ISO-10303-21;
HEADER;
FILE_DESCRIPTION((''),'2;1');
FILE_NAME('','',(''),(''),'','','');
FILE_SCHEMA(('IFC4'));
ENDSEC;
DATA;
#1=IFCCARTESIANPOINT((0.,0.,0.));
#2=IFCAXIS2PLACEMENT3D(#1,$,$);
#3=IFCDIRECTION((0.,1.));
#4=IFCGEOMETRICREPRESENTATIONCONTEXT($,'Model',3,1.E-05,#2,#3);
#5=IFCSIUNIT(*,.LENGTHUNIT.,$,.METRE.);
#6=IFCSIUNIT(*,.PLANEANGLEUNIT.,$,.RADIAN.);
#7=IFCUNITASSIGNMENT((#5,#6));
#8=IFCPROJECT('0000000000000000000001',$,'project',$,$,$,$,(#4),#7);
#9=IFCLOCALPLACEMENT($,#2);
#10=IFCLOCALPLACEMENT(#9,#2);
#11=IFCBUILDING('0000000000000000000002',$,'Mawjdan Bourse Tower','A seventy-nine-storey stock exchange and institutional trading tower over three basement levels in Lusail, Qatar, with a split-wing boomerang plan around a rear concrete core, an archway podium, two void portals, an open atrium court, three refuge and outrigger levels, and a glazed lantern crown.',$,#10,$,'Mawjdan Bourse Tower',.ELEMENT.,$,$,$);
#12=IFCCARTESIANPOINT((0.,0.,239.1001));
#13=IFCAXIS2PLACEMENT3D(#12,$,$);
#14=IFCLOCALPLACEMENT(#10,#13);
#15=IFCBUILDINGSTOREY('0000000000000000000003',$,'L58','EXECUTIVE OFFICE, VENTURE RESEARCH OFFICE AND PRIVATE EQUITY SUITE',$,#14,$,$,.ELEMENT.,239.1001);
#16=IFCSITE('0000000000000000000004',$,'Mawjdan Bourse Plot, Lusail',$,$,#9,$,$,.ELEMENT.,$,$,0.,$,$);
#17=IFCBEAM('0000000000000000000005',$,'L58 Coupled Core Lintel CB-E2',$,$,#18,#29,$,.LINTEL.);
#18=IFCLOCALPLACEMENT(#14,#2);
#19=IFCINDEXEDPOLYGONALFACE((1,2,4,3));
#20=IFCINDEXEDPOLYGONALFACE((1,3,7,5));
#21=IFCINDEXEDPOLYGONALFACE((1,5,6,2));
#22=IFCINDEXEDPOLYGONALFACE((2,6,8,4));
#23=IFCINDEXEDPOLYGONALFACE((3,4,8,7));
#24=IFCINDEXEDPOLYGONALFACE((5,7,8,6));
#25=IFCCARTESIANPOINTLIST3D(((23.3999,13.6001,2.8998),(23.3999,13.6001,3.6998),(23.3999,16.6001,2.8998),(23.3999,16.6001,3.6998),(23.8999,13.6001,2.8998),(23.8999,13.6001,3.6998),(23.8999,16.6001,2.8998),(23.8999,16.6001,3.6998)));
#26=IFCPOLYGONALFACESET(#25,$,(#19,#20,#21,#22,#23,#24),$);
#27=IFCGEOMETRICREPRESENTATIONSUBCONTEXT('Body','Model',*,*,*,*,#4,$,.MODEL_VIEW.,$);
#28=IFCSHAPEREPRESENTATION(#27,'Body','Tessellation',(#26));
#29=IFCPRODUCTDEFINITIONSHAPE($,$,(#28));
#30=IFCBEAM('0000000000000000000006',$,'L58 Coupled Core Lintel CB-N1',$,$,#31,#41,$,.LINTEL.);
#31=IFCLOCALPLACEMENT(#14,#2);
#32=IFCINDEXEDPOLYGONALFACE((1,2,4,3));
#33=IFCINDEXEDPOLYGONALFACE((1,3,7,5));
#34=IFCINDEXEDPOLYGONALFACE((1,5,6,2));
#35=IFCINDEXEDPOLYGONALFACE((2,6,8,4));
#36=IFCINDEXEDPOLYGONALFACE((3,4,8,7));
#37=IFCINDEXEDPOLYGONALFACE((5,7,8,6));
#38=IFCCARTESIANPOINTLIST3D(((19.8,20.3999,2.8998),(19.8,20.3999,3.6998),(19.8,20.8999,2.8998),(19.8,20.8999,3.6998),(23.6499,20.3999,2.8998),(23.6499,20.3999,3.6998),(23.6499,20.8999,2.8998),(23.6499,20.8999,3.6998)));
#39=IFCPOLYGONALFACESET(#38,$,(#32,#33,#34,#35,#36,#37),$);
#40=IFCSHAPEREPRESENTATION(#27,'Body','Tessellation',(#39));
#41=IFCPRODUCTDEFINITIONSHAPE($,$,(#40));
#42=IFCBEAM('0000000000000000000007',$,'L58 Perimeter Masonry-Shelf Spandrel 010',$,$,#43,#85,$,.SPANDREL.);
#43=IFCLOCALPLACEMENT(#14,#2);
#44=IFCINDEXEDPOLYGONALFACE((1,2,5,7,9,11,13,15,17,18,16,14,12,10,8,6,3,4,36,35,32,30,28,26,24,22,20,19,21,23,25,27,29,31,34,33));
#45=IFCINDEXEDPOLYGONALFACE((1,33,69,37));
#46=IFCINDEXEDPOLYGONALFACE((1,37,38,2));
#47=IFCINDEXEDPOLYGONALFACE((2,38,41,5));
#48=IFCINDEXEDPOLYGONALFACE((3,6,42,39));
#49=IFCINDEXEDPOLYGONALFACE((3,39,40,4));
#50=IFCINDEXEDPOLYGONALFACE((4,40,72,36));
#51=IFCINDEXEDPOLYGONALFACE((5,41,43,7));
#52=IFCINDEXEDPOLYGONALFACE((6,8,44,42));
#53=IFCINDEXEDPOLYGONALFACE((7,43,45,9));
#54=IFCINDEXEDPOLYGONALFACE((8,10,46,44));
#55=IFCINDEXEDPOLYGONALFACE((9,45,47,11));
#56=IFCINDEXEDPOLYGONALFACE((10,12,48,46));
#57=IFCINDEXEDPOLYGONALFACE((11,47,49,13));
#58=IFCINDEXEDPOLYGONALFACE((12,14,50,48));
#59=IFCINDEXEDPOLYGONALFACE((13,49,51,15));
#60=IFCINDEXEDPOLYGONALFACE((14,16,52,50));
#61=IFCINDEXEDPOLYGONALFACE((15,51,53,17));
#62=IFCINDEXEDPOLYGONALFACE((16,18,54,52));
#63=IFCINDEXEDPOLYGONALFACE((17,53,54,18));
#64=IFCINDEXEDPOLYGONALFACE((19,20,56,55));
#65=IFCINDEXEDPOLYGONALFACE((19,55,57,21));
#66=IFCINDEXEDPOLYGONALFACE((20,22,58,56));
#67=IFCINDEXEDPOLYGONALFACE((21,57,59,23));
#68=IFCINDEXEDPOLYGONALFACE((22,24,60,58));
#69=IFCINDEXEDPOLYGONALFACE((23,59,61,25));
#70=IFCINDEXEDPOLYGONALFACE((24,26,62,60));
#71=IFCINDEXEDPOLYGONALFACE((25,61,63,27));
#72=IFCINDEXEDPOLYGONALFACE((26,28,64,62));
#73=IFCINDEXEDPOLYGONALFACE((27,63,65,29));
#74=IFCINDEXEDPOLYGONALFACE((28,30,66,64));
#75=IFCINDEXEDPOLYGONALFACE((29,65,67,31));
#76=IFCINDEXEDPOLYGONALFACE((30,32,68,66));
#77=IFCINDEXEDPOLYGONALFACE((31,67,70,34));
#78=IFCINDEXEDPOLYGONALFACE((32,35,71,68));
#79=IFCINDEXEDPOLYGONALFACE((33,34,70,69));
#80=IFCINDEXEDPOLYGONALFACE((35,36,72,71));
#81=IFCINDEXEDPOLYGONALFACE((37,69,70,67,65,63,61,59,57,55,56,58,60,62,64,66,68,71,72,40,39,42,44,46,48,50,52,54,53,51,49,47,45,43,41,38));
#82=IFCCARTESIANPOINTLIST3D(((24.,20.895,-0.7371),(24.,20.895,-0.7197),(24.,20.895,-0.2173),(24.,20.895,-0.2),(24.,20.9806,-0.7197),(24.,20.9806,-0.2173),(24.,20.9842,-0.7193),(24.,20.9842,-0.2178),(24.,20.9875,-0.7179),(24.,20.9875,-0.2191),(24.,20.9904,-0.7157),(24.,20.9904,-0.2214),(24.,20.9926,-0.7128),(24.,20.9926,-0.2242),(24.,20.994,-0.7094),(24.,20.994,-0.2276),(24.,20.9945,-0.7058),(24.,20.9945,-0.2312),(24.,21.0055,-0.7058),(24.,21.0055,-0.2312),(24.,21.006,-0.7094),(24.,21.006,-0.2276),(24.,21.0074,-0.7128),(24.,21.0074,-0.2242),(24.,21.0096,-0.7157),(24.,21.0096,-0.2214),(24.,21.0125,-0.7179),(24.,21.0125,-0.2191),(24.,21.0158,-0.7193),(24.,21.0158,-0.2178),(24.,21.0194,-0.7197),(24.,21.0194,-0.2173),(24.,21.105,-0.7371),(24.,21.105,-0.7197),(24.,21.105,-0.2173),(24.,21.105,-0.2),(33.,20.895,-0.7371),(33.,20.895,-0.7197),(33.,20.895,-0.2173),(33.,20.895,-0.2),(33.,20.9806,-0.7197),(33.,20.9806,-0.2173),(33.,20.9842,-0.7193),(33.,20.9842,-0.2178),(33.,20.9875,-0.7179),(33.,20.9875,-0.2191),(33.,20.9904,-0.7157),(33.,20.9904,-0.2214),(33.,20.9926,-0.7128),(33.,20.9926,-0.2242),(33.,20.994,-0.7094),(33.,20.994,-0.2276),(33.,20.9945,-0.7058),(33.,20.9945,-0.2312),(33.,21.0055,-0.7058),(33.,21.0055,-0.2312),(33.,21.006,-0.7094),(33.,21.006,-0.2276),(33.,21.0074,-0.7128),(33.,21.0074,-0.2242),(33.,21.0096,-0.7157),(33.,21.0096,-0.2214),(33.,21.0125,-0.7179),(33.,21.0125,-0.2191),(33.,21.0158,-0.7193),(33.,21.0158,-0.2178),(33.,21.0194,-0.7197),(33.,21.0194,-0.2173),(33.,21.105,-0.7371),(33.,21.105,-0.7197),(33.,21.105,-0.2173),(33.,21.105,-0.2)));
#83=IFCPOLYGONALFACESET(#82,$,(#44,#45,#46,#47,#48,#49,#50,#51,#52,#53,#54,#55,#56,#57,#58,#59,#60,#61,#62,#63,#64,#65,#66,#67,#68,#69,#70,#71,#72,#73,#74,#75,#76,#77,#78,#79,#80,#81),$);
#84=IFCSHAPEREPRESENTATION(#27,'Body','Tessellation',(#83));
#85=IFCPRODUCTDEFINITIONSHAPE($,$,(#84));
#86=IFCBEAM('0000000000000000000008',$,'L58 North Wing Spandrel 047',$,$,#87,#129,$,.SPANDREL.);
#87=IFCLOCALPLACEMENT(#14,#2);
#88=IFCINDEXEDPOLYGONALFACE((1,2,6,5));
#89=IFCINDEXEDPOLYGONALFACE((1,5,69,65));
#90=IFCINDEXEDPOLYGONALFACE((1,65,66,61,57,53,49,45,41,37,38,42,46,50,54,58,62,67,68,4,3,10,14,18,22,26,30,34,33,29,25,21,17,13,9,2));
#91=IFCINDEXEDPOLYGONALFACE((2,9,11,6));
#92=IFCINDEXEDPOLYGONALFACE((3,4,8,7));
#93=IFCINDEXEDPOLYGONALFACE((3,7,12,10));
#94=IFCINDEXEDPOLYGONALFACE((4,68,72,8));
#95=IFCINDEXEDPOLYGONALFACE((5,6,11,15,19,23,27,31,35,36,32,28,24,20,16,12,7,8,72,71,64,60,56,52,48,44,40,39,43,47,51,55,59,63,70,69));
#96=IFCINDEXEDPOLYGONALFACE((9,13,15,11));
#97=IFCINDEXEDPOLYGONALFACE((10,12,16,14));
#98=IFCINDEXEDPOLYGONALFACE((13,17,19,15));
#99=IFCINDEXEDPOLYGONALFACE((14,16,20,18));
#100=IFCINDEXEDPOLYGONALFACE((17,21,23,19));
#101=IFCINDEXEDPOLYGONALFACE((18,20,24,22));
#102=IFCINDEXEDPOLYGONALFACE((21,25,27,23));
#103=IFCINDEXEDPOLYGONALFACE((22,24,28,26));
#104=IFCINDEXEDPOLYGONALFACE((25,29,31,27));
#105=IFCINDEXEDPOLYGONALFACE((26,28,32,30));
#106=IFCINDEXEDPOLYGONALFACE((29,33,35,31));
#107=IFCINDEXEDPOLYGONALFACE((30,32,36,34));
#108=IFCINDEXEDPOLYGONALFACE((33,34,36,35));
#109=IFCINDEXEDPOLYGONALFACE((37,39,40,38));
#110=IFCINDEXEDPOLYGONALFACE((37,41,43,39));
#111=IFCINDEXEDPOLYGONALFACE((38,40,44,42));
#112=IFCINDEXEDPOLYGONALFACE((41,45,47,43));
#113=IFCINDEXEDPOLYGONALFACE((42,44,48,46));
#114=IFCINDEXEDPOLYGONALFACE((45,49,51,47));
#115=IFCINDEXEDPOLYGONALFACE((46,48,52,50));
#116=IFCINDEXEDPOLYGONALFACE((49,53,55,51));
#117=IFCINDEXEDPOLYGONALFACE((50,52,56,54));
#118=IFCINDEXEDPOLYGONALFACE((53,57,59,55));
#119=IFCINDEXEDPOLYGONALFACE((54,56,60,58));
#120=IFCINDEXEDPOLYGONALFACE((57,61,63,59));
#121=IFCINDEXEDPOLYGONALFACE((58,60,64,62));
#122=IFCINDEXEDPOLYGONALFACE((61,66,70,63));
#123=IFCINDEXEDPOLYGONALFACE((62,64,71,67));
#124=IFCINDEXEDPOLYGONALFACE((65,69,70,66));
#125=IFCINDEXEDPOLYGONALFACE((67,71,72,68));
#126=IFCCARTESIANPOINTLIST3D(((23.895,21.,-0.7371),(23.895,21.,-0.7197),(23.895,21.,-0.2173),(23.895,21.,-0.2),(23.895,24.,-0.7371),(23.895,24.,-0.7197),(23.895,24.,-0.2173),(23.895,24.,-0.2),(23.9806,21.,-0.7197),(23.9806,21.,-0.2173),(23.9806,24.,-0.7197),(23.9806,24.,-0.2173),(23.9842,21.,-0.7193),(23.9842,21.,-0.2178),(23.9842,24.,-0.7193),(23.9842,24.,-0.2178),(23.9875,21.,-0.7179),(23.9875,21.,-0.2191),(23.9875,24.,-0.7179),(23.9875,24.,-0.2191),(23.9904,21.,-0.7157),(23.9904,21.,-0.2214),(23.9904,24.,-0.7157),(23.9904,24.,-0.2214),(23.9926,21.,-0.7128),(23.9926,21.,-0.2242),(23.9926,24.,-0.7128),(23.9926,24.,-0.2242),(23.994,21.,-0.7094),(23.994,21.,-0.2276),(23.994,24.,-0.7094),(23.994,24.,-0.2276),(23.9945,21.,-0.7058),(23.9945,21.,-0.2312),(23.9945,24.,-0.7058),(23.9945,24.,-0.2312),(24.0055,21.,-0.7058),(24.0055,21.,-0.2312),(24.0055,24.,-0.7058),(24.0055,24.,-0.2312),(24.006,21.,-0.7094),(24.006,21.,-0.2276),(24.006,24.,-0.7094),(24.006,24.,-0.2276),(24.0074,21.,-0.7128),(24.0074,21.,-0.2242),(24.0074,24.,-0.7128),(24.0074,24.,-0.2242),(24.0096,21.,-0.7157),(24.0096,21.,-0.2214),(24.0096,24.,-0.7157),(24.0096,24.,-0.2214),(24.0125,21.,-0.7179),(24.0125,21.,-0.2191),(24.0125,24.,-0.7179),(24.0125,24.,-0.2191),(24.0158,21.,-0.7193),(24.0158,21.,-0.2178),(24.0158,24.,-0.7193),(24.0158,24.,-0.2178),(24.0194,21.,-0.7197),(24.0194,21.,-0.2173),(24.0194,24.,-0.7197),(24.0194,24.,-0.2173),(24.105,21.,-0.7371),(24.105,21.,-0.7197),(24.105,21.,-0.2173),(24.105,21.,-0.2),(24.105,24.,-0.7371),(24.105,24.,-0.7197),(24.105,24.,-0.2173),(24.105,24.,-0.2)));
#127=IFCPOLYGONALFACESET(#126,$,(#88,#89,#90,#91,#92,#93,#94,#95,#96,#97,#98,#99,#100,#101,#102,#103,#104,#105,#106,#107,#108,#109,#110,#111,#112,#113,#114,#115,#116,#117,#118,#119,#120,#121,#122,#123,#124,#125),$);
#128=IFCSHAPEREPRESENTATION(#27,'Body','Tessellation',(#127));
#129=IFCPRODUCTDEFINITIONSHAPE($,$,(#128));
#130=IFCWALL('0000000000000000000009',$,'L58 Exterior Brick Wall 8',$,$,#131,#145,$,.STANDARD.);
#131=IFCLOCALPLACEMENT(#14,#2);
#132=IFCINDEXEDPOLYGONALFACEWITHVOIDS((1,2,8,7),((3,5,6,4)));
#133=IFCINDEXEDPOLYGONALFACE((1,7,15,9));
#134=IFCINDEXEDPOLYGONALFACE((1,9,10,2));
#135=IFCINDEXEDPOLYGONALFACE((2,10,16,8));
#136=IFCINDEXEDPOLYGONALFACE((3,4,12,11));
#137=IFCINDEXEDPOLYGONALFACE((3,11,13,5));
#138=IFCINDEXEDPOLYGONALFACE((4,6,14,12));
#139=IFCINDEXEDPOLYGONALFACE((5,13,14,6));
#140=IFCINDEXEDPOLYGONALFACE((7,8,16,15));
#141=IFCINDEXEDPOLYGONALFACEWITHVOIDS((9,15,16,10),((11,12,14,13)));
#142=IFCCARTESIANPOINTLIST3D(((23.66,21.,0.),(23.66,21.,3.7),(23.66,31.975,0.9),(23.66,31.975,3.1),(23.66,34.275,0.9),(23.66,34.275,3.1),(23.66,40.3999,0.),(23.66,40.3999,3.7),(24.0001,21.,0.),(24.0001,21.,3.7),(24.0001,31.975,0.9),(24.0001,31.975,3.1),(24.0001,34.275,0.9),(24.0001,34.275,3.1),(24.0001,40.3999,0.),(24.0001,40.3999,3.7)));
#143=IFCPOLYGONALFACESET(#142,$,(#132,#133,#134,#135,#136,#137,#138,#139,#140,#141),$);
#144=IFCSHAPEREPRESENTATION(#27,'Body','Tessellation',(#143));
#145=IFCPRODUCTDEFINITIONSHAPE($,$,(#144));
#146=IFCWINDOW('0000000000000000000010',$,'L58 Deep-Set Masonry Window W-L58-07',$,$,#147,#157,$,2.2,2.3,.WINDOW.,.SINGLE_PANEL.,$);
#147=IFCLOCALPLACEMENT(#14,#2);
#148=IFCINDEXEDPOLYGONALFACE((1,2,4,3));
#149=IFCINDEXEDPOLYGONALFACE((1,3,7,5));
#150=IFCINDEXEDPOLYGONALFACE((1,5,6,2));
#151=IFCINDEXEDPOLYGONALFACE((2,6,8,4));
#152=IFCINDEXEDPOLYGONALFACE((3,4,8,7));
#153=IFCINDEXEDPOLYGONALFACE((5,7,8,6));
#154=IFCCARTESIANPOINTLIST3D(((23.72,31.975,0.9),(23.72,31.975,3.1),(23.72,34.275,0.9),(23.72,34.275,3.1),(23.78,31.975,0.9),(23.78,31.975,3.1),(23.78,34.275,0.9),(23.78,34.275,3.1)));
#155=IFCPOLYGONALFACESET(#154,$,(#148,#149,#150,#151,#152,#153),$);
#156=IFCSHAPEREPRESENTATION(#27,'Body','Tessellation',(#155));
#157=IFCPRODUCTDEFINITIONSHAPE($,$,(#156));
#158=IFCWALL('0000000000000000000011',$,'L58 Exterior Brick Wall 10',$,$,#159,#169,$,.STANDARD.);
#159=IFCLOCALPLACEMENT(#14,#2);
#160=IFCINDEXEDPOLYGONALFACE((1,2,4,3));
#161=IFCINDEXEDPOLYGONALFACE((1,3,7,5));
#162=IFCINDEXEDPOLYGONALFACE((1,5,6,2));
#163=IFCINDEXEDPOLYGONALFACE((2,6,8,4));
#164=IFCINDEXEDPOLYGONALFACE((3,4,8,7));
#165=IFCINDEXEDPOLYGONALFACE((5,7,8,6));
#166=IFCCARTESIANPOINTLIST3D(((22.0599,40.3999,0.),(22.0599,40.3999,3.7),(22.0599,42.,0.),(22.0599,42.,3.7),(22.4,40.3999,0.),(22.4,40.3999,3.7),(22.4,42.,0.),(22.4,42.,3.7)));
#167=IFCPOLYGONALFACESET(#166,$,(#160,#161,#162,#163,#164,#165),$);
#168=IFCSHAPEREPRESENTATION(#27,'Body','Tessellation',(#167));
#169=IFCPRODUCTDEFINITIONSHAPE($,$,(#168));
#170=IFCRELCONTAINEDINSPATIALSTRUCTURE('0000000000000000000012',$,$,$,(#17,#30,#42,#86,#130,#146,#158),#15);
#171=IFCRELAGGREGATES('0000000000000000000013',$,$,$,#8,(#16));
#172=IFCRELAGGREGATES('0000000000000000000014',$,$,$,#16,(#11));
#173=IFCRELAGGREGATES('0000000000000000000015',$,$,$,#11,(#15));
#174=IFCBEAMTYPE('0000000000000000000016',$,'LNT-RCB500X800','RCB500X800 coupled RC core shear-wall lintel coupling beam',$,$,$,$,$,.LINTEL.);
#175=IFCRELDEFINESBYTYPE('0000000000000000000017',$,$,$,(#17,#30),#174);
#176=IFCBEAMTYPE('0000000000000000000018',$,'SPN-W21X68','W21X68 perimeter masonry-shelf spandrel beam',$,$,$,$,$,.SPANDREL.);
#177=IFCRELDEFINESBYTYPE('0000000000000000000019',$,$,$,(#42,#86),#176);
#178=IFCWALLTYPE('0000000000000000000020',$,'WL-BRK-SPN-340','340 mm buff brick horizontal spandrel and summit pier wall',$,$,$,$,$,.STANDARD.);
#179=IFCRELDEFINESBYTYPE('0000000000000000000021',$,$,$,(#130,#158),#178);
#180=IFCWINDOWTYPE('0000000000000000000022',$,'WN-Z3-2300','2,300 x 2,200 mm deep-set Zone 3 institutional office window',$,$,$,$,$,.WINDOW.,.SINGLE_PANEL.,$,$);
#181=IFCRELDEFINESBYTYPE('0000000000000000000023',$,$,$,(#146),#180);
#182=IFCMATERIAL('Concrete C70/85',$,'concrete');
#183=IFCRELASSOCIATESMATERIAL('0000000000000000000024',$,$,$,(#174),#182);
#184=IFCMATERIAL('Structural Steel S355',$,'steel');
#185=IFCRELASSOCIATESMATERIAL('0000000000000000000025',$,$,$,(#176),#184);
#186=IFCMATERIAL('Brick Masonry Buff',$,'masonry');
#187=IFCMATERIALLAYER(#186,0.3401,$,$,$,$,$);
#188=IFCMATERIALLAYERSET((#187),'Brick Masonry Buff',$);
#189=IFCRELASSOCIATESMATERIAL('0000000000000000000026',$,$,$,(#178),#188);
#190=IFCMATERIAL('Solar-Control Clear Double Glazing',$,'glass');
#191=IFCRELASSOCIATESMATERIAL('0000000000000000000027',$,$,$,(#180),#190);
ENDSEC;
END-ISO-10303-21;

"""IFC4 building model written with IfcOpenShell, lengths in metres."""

from ifc_helpers import new_model, si_unit, direction, frame, frame_2d, origin, origin_2d, place, context, subcontext, project, spatial, rectangle, i_section, extrude, material, layer, layer_set, material_profile, profile_set, type_object, element, fill, save


model = new_model("IFC4")

# Units and contexts
model_context = context("Model", 3, precision=1e-05, world=origin(), true_north=direction((0.0, 1.0)))
body_context = subcontext(model_context, "Body", "Model", "MODEL_VIEW")
ifc_project = project(units=[si_unit("LENGTHUNIT", "METRE"), si_unit("PLANEANGLEUNIT", "RADIAN")], contexts=[model_context])

# Site, building, storey
site_placement = place(None, origin())
site = spatial("IfcSite", under=ifc_project, at=site_placement, Name="Mawjdan Bourse Plot, Lusail", CompositionType="ELEMENT", RefElevation=0.0)
building_placement = place(site_placement, origin())
building = spatial("IfcBuilding", under=site, at=building_placement, Name="Mawjdan Bourse Tower", Description="A seventy-nine-storey stock exchange and institutional trading tower over three basement levels in Lusail, Qatar, with a split-wing boomerang plan around a rear concrete core, an archway podium, two void portals, an open atrium court, three refuge and outrigger levels, and a glazed lantern crown.", LongName="Mawjdan Bourse Tower", CompositionType="ELEMENT")
storey_placement = place(building_placement, frame((0.0, 0.0, 239.1001)))
storey = spatial("IfcBuildingStorey", under=building, at=storey_placement, Name="L58", Description="EXECUTIVE OFFICE, VENTURE RESEARCH OFFICE AND PRIVATE EQUITY SUITE", CompositionType="ELEMENT", Elevation=239.1001)

# Beams
ifc_material_1 = material(Name="Structural Steel S355", Category="steel")
ifc_material_2 = material(Name="Concrete C70/85", Category="concrete")
ifc_material_profile_1 = material_profile(ifc_material_2, rectangle(XDim=0.5, YDim=0.8, at=origin_2d()), Name="RCB500X800")
ifc_profile_set_1 = profile_set([ifc_material_profile_1], Name="Concrete C70/85")
beam_type_1 = type_object("IfcBeamType", Name="LNT-RCB500X800", Description="RCB500X800 coupled RC core shear-wall lintel coupling beam", PredefinedType="LINTEL", material=ifc_profile_set_1)
beam_1_placement = place(storey_placement, frame((23.6499, 13.6001, 3.2998), z_axis=(0.0, 1.0, 0.0), x_axis=(-1.0, 0.0, 0.0)))
element("IfcBeam", 1, at=beam_1_placement, inside=storey, type_object=beam_type_1, Name="L58 Coupled Core Lintel CB-E2", PredefinedType="LINTEL", context=body_context, shape_type="SweptSolid", body=[
    extrude(rectangle(XDim=0.5, YDim=0.8, at=origin_2d()), origin(), (0.0, 0.0, 1.0), 3.0),
])
beam_2_placement = place(storey_placement, frame((19.8, 20.6499, 3.2998), z_axis=(1.0, 0.0, 0.0), x_axis=(0.0, 1.0, 0.0)))
element("IfcBeam", 2, at=beam_2_placement, inside=storey, type_object=beam_type_1, Name="L58 Coupled Core Lintel CB-N1", PredefinedType="LINTEL", context=body_context, shape_type="SweptSolid", body=[
    extrude(rectangle(XDim=0.5, YDim=0.8, at=origin_2d()), origin(), (0.0, 0.0, 1.0), 3.8499),
])
ifc_material_profile_2 = material_profile(ifc_material_1, i_section(OverallWidth=0.21, OverallDepth=0.5371, WebThickness=0.011, FlangeThickness=0.0173, FilletRadius=0.0139, at=origin_2d()), Name="W21X68")
ifc_profile_set_2 = profile_set([ifc_material_profile_2], Name="Structural Steel S355")
beam_type_2 = type_object("IfcBeamType", Name="SPN-W21X68", Description="W21X68 perimeter masonry-shelf spandrel beam", PredefinedType="SPANDREL", material=ifc_profile_set_2)
beam_3_placement = place(storey_placement, frame((24.0, 21.0, -0.4685), z_axis=(1.0, 0.0, 0.0), x_axis=(0.0, 1.0, 0.0)))
element("IfcBeam", 3, at=beam_3_placement, inside=storey, type_object=beam_type_2, Name="L58 Perimeter Masonry-Shelf Spandrel 010", PredefinedType="SPANDREL", context=body_context, shape_type="SweptSolid", body=[
    extrude(i_section(OverallWidth=0.21, OverallDepth=0.5371, WebThickness=0.011, FlangeThickness=0.0173, FilletRadius=0.0139, at=origin_2d()), origin(), (0.0, 0.0, 1.0), 9.0),
])
beam_4_placement = place(storey_placement, frame((24.0, 21.0, -0.4685), z_axis=(0.0, 1.0, 0.0), x_axis=(-1.0, 0.0, 0.0)))
element("IfcBeam", 4, at=beam_4_placement, inside=storey, type_object=beam_type_2, Name="L58 North Wing Spandrel 047", PredefinedType="SPANDREL", context=body_context, shape_type="SweptSolid", body=[
    extrude(i_section(OverallWidth=0.21, OverallDepth=0.5371, WebThickness=0.011, FlangeThickness=0.0173, FilletRadius=0.0139, at=origin_2d()), origin(), (0.0, 0.0, 1.0), 3.0),
])

# Wall, opening, window
ifc_material_3 = material(Name="Brick Masonry Buff", Category="masonry")
ifc_layer_1 = layer(ifc_material_3, 0.3401)
ifc_layer_set_1 = layer_set([ifc_layer_1], Name="Brick Masonry Buff")
wall_type_1 = type_object("IfcWallType", Name="WL-BRK-SPN-340", Description="340 mm buff brick horizontal spandrel and summit pier wall", PredefinedType="STANDARD", material=ifc_layer_set_1)
wall_1_placement = place(storey_placement, frame((23.8301, 21.0, 0.0), z_axis=(0.0, 0.0, 1.0), x_axis=(0.0, 1.0, 0.0)))
wall_1 = element("IfcWall", 5, at=wall_1_placement, inside=storey, type_object=wall_type_1, Name="L58 Exterior Brick Wall 8", PredefinedType="STANDARD", context=body_context, shape_type="SweptSolid", body=[
    extrude(rectangle(XDim=19.3999, YDim=0.3401, at=frame_2d((9.7, 0.0))), origin(), (0.0, 0.0, 1.0), 3.7),
])
opening_1_placement = place(wall_1_placement, frame((10.9751, 0.0, 0.8999)))
opening_1 = element("IfcOpeningElement", 6, at=opening_1_placement, cuts=wall_1, PredefinedType="OPENING", context=body_context, shape_type="SweptSolid", body=[
    extrude(rectangle(XDim=2.3, YDim=2.2, at=frame_2d((1.1499, 1.1001))), frame((0.0, 0.1802, 0.0), z_axis=(0.0, -1.0, 0.0), x_axis=(1.0, 0.0, 0.0)), (0.0, 0.0, 1.0), 0.3601),
])
ifc_material_4 = material(Name="Solar-Control Clear Double Glazing", Category="glass")
window_type_1 = type_object("IfcWindowType", Name="WN-Z3-2300", Description="2,300 x 2,200 mm deep-set Zone 3 institutional office window", PartitioningType="SINGLE_PANEL", PredefinedType="WINDOW", material=ifc_material_4)
window_1_placement = place(opening_1_placement, origin())
window_1 = element("IfcWindow", 7, at=window_1_placement, inside=storey, type_object=window_type_1, Name="L58 Deep-Set Masonry Window W-L58-07", OverallHeight=2.2, OverallWidth=2.3, PartitioningType="SINGLE_PANEL", PredefinedType="WINDOW", context=body_context, shape_type="SweptSolid", body=[
    extrude(rectangle(XDim=2.3, YDim=2.2, at=frame_2d((1.1499, 1.1001))), frame((0.0, 0.1101, 0.0), z_axis=(0.0, -1.0, 0.0), x_axis=(1.0, 0.0, 0.0)), (0.0, 0.0, 1.0), 0.0601),
])
fill(opening_1, window_1)

# Wall
wall_2_placement = place(storey_placement, frame((22.23, 40.3999, 0.0), z_axis=(0.0, 0.0, 1.0), x_axis=(0.0, 1.0, 0.0)))
element("IfcWall", 8, at=wall_2_placement, inside=storey, type_object=wall_type_1, Name="L58 Exterior Brick Wall 10", PredefinedType="STANDARD", context=body_context, shape_type="SweptSolid", body=[
    extrude(rectangle(XDim=1.6001, YDim=0.3401, at=frame_2d((0.8, 0.0))), origin(), (0.0, 0.0, 1.0), 3.7),
])

save(model, "model.ifc")
